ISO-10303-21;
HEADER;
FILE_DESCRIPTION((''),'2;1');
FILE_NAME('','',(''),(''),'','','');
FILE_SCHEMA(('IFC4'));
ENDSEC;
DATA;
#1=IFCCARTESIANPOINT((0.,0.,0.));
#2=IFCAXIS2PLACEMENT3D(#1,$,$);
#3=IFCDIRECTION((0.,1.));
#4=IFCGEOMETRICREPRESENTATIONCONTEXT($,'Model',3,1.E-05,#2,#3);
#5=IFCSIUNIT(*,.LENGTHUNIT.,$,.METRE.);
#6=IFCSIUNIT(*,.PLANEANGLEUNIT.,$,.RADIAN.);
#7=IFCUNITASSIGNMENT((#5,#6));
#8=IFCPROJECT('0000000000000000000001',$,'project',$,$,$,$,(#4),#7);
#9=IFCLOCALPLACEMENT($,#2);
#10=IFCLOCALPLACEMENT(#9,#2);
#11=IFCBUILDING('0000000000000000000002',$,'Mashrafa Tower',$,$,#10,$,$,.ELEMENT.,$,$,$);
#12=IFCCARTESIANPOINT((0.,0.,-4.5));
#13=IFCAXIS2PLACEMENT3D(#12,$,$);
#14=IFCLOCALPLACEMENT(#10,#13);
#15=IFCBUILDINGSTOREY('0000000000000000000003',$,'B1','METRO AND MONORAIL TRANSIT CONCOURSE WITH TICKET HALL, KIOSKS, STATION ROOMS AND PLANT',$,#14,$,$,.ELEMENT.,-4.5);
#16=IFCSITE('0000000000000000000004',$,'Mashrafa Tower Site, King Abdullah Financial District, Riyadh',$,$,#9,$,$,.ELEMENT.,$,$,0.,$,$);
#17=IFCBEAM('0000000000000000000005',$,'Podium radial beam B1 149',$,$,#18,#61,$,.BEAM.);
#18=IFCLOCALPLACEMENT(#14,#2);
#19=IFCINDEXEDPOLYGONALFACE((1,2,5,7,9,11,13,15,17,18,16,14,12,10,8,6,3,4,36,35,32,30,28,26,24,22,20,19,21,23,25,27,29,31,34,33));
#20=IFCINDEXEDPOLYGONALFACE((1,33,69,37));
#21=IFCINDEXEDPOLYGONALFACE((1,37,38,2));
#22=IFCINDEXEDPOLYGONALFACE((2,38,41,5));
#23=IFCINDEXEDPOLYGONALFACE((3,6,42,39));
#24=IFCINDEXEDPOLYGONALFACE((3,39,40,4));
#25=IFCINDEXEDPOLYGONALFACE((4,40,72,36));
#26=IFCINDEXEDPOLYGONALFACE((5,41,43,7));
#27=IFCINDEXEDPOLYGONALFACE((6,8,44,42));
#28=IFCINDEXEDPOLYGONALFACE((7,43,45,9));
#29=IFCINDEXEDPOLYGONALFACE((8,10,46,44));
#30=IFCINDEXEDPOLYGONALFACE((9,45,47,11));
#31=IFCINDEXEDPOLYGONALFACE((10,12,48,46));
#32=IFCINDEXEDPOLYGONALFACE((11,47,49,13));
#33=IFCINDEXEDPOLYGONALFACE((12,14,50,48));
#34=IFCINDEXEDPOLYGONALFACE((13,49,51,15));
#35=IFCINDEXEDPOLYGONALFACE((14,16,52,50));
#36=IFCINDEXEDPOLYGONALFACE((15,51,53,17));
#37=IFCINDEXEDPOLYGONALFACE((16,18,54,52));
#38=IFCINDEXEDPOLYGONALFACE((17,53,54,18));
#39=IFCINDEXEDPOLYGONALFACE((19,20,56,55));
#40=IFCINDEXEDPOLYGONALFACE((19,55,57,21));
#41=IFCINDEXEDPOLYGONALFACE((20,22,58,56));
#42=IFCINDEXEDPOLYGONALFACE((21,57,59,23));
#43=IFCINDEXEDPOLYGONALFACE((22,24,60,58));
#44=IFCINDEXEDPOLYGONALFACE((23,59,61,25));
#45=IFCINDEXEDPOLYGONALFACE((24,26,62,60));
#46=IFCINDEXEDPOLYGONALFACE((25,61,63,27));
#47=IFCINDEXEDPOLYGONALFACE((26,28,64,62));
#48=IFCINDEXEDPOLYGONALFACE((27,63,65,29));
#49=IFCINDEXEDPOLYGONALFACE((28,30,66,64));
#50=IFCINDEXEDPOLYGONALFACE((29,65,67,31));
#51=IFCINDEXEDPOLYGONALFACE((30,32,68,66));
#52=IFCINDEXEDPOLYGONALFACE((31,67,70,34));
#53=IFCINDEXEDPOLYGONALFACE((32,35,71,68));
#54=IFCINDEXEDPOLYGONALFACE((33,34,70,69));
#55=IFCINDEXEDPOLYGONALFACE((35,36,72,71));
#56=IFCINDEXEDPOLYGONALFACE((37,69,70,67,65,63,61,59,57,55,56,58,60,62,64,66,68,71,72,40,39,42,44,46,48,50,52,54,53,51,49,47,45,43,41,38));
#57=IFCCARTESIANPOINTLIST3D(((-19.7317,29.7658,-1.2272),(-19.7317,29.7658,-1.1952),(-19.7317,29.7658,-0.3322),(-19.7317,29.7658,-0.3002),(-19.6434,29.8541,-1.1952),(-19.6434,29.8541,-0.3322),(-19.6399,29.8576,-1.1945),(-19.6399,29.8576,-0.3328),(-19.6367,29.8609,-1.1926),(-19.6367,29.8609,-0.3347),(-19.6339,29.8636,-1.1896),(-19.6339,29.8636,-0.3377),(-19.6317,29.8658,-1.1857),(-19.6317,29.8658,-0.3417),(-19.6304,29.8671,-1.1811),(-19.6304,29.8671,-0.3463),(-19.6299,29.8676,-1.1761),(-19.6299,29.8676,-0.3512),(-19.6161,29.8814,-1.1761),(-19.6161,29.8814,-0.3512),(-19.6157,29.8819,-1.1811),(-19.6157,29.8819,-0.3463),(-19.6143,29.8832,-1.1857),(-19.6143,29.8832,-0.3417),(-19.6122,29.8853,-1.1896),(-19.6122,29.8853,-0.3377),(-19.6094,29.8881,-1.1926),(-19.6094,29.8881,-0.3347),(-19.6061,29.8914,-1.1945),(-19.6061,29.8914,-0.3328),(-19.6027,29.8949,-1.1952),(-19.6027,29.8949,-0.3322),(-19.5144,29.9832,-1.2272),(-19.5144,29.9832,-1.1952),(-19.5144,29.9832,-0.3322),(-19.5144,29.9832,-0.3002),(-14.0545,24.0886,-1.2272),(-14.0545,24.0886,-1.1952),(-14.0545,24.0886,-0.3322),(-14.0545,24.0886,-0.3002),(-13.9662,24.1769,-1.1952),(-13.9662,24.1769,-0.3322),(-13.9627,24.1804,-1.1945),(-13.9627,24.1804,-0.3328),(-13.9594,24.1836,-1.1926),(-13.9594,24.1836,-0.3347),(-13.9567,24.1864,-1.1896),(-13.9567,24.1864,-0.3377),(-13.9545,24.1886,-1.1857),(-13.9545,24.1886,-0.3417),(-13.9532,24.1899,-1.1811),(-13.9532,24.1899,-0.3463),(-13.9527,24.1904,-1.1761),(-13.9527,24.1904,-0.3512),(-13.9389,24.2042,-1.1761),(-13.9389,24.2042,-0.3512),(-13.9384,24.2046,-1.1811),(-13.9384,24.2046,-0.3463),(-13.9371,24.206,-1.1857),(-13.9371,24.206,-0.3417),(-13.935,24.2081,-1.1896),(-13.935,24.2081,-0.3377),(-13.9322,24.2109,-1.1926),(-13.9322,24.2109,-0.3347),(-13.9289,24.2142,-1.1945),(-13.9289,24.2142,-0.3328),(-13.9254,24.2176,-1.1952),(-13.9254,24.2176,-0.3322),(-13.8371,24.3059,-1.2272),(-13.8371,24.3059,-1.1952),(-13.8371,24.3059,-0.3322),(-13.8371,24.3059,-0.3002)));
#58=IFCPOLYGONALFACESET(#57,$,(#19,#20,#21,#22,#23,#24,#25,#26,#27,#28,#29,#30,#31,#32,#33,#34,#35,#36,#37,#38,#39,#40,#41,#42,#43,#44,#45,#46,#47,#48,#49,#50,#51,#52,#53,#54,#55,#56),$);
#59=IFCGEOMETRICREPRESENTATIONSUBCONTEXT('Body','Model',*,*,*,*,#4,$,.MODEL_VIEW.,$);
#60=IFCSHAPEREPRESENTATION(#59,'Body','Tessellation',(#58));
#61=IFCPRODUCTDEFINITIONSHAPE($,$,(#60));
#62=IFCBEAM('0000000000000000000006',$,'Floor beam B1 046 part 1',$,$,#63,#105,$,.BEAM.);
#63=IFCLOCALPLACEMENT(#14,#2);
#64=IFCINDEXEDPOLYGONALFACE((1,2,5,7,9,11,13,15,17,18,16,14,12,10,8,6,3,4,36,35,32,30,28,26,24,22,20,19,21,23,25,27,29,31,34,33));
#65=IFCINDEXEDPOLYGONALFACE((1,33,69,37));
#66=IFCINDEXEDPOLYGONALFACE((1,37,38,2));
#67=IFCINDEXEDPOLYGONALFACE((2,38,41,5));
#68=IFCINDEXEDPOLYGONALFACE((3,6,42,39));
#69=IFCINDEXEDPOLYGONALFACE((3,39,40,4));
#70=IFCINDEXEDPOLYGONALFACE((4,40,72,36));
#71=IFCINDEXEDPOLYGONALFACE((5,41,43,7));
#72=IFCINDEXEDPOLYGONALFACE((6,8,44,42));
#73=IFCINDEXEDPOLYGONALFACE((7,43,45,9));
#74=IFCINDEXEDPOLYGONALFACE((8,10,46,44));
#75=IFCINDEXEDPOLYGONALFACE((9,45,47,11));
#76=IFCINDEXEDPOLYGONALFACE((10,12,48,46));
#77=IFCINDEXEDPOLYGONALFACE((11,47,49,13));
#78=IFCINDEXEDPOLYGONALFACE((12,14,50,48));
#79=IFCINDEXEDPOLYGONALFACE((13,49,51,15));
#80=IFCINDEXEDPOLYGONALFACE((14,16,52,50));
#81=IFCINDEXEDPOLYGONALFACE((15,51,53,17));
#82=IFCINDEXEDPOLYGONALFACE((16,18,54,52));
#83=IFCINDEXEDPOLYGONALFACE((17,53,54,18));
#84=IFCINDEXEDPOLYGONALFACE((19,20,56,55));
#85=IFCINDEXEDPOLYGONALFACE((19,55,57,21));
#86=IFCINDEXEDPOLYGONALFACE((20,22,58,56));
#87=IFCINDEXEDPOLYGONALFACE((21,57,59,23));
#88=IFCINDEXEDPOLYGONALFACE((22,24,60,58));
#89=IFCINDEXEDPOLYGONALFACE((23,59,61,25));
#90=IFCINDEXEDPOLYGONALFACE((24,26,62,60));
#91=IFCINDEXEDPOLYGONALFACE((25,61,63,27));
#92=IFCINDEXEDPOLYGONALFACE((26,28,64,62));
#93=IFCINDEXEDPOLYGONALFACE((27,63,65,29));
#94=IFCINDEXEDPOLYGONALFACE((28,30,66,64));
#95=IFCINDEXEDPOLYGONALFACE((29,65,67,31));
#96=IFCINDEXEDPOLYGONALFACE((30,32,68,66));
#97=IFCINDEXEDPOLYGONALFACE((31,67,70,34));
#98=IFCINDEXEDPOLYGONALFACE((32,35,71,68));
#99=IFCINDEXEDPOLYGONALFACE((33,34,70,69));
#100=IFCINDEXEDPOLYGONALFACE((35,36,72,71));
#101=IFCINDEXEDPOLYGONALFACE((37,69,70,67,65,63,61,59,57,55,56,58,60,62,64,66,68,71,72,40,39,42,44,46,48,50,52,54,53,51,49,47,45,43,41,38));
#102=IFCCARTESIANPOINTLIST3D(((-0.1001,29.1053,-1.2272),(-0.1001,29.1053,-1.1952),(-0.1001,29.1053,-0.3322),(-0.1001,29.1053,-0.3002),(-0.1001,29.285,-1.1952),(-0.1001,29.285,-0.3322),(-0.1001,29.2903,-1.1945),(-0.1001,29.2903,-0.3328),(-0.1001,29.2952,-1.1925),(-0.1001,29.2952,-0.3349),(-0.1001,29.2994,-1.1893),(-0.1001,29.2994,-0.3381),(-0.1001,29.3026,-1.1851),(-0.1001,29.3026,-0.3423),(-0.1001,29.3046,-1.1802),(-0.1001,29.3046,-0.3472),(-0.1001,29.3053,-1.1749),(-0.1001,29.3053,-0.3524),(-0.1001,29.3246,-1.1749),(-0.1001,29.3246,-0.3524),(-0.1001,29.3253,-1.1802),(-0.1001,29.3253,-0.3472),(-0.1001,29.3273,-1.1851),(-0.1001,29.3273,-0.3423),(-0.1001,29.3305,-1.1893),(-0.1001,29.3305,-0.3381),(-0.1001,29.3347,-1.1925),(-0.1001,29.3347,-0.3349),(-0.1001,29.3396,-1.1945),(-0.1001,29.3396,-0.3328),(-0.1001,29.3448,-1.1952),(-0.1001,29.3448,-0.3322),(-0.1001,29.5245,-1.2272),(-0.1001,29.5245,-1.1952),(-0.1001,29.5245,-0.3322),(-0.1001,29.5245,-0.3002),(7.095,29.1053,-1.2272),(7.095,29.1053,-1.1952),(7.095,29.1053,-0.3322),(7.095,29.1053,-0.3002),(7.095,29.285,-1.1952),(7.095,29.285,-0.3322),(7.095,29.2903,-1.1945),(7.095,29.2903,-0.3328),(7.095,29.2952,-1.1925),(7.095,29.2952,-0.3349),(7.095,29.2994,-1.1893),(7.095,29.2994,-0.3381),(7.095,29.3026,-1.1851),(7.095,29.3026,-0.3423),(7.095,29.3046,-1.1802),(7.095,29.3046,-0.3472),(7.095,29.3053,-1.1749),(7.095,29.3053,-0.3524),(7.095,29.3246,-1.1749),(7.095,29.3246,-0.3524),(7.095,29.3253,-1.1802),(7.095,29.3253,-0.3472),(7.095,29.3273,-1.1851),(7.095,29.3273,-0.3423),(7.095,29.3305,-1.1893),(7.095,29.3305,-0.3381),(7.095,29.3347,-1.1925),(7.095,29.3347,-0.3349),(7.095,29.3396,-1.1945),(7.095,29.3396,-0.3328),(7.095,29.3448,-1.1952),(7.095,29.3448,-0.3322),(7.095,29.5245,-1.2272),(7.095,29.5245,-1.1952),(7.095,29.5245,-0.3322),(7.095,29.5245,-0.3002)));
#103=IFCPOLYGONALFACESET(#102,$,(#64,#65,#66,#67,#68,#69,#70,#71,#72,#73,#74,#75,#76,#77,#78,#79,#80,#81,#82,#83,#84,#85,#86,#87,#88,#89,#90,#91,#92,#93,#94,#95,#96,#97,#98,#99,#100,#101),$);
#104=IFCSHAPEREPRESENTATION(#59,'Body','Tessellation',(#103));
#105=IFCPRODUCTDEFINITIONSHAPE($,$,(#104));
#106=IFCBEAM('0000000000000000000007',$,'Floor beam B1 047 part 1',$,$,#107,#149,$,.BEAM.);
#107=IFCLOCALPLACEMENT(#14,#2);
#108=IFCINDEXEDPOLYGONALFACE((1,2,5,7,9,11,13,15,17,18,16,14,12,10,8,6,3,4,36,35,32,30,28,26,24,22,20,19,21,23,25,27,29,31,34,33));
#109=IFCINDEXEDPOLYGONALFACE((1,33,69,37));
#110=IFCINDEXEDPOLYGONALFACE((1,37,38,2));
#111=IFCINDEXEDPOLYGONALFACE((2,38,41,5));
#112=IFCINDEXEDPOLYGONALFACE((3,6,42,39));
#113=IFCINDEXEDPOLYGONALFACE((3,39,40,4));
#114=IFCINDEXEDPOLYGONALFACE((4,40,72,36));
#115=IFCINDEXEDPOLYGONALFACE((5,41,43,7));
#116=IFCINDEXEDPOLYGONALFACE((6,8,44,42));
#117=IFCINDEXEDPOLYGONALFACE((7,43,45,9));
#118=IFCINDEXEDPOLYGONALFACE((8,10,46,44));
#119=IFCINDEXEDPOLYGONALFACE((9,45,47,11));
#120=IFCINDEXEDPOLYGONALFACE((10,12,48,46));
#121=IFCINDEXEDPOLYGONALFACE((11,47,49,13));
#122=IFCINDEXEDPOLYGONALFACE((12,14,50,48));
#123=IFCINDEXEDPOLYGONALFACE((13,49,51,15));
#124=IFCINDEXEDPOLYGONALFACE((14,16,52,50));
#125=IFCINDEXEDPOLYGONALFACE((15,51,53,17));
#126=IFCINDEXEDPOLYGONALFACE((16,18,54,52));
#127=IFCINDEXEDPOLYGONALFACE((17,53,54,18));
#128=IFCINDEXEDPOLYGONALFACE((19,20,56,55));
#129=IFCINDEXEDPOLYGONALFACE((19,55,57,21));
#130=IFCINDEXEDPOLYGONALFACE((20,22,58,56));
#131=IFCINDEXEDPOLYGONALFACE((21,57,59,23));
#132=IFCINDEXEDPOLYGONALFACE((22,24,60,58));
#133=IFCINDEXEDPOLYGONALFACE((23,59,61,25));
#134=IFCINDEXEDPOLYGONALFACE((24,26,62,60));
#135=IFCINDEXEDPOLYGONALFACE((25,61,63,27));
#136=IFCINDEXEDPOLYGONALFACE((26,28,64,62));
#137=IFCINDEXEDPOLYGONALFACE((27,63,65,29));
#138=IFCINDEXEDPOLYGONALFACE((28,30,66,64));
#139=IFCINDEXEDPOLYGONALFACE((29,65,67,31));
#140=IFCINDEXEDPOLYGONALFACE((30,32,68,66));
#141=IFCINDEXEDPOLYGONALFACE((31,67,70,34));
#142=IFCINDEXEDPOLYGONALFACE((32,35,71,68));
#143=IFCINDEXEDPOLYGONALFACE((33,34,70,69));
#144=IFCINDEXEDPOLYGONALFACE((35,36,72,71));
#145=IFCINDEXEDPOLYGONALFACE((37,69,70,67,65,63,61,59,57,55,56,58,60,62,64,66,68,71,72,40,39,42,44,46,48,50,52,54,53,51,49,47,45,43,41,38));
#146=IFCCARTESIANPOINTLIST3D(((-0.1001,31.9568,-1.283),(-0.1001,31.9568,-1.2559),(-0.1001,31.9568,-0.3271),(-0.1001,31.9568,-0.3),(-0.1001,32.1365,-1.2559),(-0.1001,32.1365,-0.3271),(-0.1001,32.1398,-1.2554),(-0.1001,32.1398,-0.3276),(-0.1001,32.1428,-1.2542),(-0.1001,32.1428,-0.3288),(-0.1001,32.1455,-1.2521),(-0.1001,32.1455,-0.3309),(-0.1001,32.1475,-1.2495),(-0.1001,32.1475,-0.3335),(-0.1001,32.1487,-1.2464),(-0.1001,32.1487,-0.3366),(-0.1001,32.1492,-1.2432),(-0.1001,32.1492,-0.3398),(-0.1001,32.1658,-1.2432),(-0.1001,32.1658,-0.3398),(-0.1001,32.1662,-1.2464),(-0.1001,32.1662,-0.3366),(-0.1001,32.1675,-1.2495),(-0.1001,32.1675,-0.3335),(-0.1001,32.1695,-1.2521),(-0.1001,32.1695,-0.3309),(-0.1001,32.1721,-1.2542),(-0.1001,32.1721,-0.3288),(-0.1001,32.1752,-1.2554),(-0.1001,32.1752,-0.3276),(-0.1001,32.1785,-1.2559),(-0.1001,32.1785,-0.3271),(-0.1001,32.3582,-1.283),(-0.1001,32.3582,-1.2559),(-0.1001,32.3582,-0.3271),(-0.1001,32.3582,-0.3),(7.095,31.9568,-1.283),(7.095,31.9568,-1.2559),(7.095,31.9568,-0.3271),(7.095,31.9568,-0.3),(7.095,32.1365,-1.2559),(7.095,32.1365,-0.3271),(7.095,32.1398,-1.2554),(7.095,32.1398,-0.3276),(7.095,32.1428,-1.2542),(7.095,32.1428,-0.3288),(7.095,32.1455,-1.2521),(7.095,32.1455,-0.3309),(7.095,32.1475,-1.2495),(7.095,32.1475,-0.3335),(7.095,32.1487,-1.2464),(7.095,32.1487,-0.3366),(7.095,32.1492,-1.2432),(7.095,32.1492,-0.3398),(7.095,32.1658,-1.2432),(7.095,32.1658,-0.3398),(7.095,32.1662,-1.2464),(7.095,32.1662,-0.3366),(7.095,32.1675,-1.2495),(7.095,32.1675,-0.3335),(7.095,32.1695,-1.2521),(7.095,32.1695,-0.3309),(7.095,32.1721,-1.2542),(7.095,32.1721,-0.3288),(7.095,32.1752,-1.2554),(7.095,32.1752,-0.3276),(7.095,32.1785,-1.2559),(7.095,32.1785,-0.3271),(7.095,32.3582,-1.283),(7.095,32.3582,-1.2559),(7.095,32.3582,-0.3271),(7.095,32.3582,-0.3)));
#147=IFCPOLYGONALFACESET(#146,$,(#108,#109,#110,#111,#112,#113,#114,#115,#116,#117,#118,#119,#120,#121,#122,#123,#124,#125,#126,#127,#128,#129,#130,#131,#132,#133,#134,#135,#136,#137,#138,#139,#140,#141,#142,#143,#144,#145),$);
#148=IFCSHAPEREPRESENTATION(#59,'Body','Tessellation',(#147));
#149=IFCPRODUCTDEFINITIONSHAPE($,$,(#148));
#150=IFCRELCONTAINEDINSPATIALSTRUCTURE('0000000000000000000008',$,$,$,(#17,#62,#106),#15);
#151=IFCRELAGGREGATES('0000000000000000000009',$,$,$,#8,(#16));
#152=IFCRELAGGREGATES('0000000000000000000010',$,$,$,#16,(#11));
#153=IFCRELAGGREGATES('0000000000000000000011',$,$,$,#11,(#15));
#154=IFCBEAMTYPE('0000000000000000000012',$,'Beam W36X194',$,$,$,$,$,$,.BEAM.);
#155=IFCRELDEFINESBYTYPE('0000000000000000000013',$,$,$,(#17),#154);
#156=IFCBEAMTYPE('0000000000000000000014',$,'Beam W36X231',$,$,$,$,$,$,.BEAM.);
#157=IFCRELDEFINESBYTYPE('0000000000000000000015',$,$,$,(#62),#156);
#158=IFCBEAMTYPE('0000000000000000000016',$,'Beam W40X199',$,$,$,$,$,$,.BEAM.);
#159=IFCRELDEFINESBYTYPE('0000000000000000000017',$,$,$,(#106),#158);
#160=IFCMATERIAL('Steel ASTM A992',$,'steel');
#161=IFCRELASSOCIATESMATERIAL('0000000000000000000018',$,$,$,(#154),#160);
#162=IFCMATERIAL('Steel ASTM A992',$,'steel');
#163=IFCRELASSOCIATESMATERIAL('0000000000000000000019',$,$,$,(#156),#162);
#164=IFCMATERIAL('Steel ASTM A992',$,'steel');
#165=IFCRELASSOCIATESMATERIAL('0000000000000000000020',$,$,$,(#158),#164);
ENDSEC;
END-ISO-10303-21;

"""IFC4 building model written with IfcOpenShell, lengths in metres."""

from ifc_helpers import new_model, si_unit, direction, frame, origin, origin_2d, place, context, subcontext, project, spatial, i_section, extrude, material, material_profile, profile_set, type_object, element, save


model = new_model("IFC4")

# Units and contexts
model_context = context("Model", 3, precision=1e-05, world=origin(), true_north=direction((0.0, 1.0)))
body_context = subcontext(model_context, "Body", "Model", "MODEL_VIEW")
ifc_project = project(units=[si_unit("LENGTHUNIT", "METRE"), si_unit("PLANEANGLEUNIT", "RADIAN")], contexts=[model_context])

# Site, building, storey
site_placement = place(None, origin())
site = spatial("IfcSite", under=ifc_project, at=site_placement, Name="Mashrafa Tower Site, King Abdullah Financial District, Riyadh", CompositionType="ELEMENT", RefElevation=0.0)
building_placement = place(site_placement, origin())
building = spatial("IfcBuilding", under=site, at=building_placement, Name="Mashrafa Tower", CompositionType="ELEMENT")
storey_placement = place(building_placement, frame((0.0, 0.0, -4.5)))
storey = spatial("IfcBuildingStorey", under=building, at=storey_placement, Name="B1", Description="METRO AND MONORAIL TRANSIT CONCOURSE WITH TICKET HALL, KIOSKS, STATION ROOMS AND PLANT", CompositionType="ELEMENT", Elevation=-4.5)

# Beams
ifc_material_1 = material(Name="Steel ASTM A992", Category="steel")
ifc_material_profile_1 = material_profile(ifc_material_1, i_section(OverallWidth=0.3074, OverallDepth=0.927, WebThickness=0.0195, FlangeThickness=0.032, FilletRadius=0.019, at=origin_2d()), Name="W36X194")
ifc_profile_set_1 = profile_set([ifc_material_profile_1], Name="Steel ASTM A992")
beam_type_1 = type_object("IfcBeamType", Name="Beam W36X194", PredefinedType="BEAM", material=ifc_profile_set_1)
beam_1_placement = place(storey_placement, frame((-13.9458, 24.1973, -0.7637), z_axis=(-0.707107, 0.707107, 0.0), x_axis=(-0.707107, -0.707107, 0.0)))
element("IfcBeam", 1, at=beam_1_placement, inside=storey, type_object=beam_type_1, Name="Podium radial beam B1 149", PredefinedType="BEAM", context=body_context, shape_type="SweptSolid", body=[
    extrude(i_section(OverallWidth=0.3074, OverallDepth=0.927, WebThickness=0.0195, FlangeThickness=0.032, FilletRadius=0.019, at=origin_2d()), origin(), (0.0, 0.0, 1.0), 8.0288),
])
ifc_material_2 = material(Name="Steel ASTM A992", Category="steel")
ifc_material_profile_2 = material_profile(ifc_material_2, i_section(OverallWidth=0.4192, OverallDepth=0.927, WebThickness=0.0193, FlangeThickness=0.032, FilletRadius=0.0203, at=origin_2d()), Name="W36X231")
ifc_profile_set_2 = profile_set([ifc_material_profile_2], Name="Steel ASTM A992")
beam_type_2 = type_object("IfcBeamType", Name="Beam W36X231", PredefinedType="BEAM", material=ifc_profile_set_2)
beam_2_placement = place(storey_placement, frame((-0.1001, 29.3149, -0.7637), z_axis=(1.0, 0.0, 0.0), x_axis=(0.0, 1.0, 0.0)))
element("IfcBeam", 2, at=beam_2_placement, inside=storey, type_object=beam_type_2, Name="Floor beam B1 046 part 1", PredefinedType="BEAM", context=body_context, shape_type="SweptSolid", body=[
    extrude(i_section(OverallWidth=0.4192, OverallDepth=0.927, WebThickness=0.0193, FlangeThickness=0.032, FilletRadius=0.0203, at=origin_2d()), origin(), (0.0, 0.0, 1.0), 7.1951),
])
ifc_material_3 = material(Name="Steel ASTM A992", Category="steel")
ifc_material_profile_3 = material_profile(ifc_material_3, i_section(OverallWidth=0.4014, OverallDepth=0.9829, WebThickness=0.0166, FlangeThickness=0.0271, FilletRadius=0.0127, at=origin_2d()), Name="W40X199")
ifc_profile_set_3 = profile_set([ifc_material_profile_3], Name="Steel ASTM A992")
beam_type_3 = type_object("IfcBeamType", Name="Beam W40X199", PredefinedType="BEAM", material=ifc_profile_set_3)
beam_3_placement = place(storey_placement, frame((-0.1001, 32.1575, -0.7915), z_axis=(1.0, 0.0, 0.0), x_axis=(0.0, 1.0, 0.0)))
element("IfcBeam", 3, at=beam_3_placement, inside=storey, type_object=beam_type_3, Name="Floor beam B1 047 part 1", PredefinedType="BEAM", context=body_context, shape_type="SweptSolid", body=[
    extrude(i_section(OverallWidth=0.4014, OverallDepth=0.9829, WebThickness=0.0166, FlangeThickness=0.0271, FilletRadius=0.0127, at=origin_2d()), origin(), (0.0, 0.0, 1.0), 7.1951),
])

save(model, "model.ifc")
